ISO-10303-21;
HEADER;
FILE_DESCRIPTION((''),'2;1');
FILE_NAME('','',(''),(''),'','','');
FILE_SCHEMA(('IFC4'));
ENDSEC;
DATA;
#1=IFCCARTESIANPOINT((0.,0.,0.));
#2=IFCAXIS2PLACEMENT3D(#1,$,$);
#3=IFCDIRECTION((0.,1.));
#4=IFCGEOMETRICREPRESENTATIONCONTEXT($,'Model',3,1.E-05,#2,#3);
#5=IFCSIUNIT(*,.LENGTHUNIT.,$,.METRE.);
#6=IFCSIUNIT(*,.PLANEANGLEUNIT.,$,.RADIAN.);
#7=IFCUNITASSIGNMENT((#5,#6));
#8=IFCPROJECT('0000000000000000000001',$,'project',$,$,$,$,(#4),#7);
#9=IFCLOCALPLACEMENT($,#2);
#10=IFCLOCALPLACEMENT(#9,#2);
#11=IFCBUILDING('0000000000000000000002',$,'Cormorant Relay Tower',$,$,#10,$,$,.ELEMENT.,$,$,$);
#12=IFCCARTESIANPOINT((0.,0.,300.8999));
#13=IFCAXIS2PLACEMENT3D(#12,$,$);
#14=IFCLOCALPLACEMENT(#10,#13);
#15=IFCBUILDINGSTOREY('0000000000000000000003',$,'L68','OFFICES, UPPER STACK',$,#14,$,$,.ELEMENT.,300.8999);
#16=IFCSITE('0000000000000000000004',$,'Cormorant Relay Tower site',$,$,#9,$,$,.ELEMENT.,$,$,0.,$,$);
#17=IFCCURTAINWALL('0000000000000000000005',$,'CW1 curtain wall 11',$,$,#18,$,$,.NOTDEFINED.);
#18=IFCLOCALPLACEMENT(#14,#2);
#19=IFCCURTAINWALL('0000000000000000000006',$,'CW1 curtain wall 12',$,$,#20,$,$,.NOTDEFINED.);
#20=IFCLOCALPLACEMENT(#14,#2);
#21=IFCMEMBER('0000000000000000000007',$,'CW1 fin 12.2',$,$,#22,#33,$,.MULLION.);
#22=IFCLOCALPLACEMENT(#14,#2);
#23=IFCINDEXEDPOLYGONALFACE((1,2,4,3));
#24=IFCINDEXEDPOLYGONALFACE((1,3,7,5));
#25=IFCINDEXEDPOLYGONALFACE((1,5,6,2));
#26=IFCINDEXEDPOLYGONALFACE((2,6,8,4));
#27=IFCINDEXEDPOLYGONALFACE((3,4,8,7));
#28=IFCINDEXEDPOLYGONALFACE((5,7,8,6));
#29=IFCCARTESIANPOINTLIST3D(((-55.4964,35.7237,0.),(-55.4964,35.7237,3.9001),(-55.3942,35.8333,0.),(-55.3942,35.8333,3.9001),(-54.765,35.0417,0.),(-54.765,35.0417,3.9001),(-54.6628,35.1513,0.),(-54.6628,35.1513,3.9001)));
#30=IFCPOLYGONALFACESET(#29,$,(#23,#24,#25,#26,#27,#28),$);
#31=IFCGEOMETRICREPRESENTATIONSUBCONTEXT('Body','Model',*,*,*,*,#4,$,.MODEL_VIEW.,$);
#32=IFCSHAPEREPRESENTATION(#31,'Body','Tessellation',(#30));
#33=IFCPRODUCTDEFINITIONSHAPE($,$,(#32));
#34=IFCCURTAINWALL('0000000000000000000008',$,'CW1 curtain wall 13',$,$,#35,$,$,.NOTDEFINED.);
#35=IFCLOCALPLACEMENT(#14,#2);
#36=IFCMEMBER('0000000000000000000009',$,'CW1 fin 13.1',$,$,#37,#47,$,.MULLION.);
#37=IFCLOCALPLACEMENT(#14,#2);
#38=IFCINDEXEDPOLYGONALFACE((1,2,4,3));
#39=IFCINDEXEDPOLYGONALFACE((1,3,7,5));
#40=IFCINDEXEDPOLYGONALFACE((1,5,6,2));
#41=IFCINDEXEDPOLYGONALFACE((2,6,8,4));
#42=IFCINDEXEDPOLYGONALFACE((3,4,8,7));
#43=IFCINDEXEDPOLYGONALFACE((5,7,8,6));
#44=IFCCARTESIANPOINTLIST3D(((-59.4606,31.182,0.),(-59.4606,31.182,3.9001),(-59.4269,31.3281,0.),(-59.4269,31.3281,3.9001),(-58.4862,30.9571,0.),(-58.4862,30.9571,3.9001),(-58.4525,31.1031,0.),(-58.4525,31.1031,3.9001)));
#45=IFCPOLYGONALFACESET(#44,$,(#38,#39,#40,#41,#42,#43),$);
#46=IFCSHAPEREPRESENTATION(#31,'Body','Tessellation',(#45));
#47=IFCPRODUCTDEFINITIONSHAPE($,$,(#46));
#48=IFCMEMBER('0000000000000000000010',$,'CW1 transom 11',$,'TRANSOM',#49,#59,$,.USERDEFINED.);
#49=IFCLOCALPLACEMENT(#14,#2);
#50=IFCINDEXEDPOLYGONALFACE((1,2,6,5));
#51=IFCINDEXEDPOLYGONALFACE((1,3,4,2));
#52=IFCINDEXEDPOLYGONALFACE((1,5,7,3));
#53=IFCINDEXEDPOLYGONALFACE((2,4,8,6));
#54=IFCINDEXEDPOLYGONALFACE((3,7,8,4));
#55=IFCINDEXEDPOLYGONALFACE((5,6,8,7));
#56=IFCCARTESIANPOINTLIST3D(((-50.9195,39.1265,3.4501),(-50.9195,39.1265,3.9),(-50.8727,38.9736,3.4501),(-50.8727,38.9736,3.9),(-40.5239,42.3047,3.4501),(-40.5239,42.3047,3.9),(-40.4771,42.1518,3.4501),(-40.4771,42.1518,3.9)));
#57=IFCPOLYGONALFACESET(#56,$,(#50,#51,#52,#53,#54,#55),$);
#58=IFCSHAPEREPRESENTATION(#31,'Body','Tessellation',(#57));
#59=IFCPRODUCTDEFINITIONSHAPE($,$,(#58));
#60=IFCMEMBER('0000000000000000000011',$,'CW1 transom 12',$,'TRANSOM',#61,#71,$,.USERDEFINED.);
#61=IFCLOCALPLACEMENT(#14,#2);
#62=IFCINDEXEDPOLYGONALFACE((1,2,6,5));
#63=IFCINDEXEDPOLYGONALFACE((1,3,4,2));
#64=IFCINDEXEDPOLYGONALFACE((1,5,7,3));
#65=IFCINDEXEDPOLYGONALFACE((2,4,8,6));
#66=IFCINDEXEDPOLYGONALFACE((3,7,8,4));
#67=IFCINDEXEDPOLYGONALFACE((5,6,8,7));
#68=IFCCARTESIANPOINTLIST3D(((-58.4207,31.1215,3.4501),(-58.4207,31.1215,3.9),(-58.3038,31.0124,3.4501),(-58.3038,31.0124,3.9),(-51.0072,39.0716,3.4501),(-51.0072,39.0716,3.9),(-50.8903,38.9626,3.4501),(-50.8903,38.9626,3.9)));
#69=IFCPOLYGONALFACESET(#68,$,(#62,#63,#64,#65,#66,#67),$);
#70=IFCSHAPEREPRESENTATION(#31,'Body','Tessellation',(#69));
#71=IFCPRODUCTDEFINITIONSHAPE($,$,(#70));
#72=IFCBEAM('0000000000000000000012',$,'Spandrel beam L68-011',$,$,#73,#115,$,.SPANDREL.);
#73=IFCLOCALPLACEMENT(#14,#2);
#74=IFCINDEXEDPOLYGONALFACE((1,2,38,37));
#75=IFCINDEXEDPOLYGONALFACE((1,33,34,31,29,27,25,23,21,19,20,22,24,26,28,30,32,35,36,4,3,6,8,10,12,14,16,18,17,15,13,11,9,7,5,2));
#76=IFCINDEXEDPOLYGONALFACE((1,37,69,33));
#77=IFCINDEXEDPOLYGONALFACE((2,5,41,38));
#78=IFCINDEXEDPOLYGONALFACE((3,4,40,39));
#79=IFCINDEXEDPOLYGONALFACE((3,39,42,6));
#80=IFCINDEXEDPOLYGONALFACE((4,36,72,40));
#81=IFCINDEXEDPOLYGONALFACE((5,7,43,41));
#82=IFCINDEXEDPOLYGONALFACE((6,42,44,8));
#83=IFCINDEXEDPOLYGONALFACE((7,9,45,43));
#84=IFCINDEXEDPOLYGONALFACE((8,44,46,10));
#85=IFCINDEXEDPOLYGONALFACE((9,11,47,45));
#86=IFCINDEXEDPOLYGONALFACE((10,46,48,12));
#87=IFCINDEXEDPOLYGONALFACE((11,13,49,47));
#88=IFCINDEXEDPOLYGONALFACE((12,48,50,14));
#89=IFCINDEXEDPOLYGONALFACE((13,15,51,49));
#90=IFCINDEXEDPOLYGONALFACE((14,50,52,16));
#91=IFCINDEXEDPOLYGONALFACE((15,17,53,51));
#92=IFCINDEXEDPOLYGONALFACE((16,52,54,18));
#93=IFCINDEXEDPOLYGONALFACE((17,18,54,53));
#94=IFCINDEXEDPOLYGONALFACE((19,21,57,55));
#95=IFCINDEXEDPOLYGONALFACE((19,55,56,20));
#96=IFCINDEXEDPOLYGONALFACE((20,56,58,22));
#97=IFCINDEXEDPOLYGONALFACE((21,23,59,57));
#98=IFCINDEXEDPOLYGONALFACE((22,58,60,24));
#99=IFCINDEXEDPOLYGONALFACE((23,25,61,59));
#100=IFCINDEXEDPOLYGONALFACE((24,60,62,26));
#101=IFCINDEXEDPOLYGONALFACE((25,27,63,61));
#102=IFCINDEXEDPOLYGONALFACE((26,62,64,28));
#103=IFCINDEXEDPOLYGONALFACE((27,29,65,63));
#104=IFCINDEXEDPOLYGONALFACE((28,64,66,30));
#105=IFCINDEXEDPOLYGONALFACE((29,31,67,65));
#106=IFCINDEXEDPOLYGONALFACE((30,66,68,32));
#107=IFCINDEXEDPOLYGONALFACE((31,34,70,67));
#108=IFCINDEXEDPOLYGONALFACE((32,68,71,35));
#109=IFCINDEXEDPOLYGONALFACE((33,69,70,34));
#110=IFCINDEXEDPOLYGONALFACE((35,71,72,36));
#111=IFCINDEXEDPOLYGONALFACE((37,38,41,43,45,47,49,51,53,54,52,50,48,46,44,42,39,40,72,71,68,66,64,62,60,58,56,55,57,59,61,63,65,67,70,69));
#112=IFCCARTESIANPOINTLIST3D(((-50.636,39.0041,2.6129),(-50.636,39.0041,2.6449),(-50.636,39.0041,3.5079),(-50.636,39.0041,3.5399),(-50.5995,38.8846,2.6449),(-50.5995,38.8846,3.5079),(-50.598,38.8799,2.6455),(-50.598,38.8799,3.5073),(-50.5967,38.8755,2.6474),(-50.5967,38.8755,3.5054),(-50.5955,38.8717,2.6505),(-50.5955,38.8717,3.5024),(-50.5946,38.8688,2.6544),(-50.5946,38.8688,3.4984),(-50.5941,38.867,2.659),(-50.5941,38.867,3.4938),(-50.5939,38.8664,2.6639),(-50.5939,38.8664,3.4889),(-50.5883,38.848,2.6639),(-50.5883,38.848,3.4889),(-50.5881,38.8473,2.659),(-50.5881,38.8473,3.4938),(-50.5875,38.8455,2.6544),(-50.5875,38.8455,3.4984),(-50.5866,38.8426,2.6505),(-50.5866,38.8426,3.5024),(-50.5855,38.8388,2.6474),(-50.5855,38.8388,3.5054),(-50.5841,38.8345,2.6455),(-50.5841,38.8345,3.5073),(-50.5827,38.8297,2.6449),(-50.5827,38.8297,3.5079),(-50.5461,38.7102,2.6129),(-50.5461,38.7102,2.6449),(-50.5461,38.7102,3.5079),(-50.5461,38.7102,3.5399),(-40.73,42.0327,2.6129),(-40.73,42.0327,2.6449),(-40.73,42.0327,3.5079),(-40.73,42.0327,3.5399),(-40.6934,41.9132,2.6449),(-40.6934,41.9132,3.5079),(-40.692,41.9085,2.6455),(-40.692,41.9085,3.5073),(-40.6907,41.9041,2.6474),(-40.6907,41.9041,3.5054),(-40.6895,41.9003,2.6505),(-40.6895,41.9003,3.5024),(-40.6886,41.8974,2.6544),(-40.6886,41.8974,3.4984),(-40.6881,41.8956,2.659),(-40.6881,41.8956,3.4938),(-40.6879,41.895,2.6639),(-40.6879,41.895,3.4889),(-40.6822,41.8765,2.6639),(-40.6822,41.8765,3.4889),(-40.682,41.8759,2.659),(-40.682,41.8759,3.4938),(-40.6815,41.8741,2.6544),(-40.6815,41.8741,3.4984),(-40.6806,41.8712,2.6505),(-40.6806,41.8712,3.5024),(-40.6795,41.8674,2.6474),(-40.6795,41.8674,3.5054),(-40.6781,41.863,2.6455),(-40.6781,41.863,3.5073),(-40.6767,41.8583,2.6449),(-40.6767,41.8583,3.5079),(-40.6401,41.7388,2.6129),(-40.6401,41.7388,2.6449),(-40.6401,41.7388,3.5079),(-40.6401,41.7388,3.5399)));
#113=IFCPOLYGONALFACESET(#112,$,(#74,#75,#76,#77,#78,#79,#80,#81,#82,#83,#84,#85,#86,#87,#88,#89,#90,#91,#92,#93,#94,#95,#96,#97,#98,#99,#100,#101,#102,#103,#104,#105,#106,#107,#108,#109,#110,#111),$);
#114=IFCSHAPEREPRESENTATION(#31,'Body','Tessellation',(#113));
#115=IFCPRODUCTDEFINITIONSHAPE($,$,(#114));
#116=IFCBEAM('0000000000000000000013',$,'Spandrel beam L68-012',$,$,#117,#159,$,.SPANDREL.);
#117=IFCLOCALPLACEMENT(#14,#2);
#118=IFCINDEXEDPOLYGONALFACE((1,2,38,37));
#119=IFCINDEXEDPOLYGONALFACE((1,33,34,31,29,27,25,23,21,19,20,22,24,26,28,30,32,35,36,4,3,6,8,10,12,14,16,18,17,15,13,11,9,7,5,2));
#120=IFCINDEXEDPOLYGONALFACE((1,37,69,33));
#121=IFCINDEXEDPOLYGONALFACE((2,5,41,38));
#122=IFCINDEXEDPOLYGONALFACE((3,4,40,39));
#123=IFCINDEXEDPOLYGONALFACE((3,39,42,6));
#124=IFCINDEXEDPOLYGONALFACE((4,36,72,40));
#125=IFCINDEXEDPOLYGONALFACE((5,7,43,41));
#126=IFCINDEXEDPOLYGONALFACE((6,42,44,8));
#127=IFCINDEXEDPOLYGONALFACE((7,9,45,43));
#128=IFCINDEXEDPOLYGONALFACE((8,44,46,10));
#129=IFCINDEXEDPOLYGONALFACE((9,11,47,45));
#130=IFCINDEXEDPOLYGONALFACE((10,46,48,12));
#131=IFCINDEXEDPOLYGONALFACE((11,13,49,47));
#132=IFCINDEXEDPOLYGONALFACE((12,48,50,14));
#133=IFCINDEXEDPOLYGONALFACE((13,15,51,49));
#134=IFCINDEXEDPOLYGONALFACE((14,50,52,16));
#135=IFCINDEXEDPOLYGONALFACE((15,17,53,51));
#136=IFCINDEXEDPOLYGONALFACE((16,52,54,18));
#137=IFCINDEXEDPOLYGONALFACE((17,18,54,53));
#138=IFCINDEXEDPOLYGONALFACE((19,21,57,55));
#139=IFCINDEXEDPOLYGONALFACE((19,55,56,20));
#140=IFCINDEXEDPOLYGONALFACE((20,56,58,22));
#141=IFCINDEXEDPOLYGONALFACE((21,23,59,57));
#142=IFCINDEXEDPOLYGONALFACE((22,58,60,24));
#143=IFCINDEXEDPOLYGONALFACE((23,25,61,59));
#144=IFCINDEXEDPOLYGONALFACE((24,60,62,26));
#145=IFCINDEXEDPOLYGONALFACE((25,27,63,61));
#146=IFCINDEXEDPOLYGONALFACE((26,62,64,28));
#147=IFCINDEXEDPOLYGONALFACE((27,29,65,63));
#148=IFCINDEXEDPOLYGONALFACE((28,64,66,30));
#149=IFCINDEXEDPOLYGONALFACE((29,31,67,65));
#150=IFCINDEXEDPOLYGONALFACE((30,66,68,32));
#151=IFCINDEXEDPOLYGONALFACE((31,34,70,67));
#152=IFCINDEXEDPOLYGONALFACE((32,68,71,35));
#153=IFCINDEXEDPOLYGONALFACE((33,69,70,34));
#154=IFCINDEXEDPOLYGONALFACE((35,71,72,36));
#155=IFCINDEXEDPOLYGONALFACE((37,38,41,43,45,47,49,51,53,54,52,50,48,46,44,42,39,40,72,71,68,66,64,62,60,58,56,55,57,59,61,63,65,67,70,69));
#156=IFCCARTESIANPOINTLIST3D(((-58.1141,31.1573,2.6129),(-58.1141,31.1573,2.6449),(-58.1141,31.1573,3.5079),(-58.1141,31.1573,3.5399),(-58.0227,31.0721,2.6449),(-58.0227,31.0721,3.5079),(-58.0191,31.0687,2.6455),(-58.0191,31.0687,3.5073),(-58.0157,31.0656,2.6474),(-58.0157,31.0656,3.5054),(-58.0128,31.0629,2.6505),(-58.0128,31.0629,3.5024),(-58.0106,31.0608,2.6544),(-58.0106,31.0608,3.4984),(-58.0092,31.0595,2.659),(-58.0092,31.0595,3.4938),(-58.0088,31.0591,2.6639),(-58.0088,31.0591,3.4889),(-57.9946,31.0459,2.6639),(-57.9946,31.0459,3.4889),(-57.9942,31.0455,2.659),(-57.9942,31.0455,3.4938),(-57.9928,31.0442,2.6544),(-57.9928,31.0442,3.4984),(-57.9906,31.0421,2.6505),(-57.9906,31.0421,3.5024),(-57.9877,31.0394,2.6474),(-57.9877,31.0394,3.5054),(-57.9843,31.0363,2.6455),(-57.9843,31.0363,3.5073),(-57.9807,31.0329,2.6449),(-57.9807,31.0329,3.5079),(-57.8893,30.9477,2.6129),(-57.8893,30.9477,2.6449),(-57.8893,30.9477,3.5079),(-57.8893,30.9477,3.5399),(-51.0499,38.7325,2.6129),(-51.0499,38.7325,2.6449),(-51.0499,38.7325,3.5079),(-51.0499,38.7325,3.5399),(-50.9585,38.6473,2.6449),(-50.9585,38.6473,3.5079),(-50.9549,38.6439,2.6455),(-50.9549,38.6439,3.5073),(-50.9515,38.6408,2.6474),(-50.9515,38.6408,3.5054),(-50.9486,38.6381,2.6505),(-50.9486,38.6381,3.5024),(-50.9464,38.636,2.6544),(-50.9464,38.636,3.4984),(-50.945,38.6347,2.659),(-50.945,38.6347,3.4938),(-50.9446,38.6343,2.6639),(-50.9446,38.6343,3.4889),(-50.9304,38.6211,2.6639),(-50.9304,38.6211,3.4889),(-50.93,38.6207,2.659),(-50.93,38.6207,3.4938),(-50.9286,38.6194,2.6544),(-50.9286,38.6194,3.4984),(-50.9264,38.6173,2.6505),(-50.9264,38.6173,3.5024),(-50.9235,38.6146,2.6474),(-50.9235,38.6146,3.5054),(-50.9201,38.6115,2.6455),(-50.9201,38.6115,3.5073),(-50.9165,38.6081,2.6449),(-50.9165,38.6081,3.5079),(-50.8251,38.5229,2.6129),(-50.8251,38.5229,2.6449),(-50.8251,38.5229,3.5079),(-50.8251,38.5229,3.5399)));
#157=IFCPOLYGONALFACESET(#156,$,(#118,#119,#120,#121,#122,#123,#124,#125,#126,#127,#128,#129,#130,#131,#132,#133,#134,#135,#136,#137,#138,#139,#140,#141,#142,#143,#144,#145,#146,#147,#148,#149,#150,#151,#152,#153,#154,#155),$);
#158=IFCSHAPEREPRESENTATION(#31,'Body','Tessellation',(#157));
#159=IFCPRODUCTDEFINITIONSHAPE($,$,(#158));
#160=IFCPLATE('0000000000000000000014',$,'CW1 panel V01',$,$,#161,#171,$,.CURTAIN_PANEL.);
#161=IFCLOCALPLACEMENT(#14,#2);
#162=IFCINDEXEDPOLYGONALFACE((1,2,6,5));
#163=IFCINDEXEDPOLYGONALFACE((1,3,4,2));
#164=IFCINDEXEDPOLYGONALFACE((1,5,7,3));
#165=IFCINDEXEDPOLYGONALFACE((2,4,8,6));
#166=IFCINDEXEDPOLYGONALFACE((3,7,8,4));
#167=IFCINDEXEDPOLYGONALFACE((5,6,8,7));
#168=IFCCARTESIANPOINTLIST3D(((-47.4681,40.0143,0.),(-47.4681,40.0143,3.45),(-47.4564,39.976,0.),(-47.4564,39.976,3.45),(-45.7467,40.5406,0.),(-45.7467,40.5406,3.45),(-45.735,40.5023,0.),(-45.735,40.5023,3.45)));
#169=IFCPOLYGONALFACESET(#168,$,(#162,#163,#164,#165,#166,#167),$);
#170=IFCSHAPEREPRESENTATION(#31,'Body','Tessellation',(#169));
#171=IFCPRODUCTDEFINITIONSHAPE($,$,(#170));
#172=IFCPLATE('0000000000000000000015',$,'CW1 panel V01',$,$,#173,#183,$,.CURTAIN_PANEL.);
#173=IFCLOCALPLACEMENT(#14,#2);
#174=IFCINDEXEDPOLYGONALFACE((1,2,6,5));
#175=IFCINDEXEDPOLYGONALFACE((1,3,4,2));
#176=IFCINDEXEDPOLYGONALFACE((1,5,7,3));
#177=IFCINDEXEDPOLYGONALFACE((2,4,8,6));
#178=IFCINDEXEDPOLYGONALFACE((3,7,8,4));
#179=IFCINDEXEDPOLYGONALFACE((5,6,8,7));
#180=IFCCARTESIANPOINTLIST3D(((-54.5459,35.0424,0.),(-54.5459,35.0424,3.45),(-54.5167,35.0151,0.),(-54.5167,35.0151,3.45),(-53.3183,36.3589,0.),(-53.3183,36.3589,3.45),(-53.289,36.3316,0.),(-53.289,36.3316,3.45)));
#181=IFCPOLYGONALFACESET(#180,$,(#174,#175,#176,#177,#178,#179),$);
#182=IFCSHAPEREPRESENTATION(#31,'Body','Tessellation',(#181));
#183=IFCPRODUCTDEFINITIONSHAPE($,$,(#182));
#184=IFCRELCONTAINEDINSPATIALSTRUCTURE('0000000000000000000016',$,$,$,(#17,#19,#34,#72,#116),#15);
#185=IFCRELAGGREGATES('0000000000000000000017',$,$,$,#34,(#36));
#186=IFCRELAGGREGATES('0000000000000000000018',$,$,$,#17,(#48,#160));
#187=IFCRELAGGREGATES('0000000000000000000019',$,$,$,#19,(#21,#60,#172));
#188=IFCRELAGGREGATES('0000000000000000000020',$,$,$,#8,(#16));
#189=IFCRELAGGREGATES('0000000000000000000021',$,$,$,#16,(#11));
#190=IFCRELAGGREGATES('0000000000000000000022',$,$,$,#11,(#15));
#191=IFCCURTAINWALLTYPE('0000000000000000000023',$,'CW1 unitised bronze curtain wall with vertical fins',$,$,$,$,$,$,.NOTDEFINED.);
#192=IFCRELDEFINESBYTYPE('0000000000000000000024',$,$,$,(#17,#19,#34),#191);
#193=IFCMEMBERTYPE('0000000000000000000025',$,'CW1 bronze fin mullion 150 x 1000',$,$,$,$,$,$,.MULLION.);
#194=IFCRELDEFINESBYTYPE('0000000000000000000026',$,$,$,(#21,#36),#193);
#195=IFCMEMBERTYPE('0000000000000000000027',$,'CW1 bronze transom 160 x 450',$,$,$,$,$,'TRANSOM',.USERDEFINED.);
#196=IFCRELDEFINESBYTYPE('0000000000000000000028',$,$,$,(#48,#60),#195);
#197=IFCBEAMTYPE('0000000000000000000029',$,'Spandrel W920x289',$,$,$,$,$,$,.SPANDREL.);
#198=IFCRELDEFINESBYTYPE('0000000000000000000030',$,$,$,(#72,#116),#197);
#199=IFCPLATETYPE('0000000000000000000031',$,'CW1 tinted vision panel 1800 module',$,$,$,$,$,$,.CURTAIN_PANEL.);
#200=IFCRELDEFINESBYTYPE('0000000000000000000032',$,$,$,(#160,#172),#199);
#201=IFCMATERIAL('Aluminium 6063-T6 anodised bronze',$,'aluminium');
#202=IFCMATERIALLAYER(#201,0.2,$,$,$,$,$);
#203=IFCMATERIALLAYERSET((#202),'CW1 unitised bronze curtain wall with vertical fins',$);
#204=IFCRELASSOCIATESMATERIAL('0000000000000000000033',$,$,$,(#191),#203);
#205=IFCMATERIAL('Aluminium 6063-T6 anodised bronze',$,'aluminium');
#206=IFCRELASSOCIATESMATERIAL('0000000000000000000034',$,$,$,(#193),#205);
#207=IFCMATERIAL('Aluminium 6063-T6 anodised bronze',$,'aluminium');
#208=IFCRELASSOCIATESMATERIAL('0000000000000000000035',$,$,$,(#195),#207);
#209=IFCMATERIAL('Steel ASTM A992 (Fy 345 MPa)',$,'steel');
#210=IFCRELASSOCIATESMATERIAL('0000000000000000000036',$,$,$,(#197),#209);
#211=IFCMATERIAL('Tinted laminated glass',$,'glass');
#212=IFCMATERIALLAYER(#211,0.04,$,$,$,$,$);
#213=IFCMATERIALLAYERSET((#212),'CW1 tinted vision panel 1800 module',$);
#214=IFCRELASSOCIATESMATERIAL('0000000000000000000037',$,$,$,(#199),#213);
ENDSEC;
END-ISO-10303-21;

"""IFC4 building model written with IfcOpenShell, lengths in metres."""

from ifc_helpers import new_model, si_unit, direction, frame, origin, origin_2d, place, context, subcontext, project, spatial, rectangle, i_section, extrude, material, layer, layer_set, material_profile, profile_set, type_object, element, aggregate, save


model = new_model("IFC4")

# Units and contexts
model_context = context("Model", 3, precision=1e-05, world=origin(), true_north=direction((0.0, 1.0)))
body_context = subcontext(model_context, "Body", "Model", "MODEL_VIEW")
ifc_project = project(units=[si_unit("LENGTHUNIT", "METRE"), si_unit("PLANEANGLEUNIT", "RADIAN")], contexts=[model_context])

# Site, building, storey
site_placement = place(None, origin())
site = spatial("IfcSite", under=ifc_project, at=site_placement, Name="Cormorant Relay Tower site", CompositionType="ELEMENT", RefElevation=0.0)
building_placement = place(site_placement, origin())
building = spatial("IfcBuilding", under=site, at=building_placement, Name="Cormorant Relay Tower", CompositionType="ELEMENT")
storey_placement = place(building_placement, frame((0.0, 0.0, 300.8999)))
storey = spatial("IfcBuildingStorey", under=building, at=storey_placement, Name="L68", Description="OFFICES, UPPER STACK", CompositionType="ELEMENT", Elevation=300.8999)

# Shared definitions
ifc_material_1 = material(Name="Aluminium 6063-T6 anodised bronze", Category="aluminium")
ifc_layer_1 = layer(ifc_material_1, 0.2)
ifc_layer_set_1 = layer_set([ifc_layer_1], Name="CW1 unitised bronze curtain wall with vertical fins")
curtain_wall_type = type_object("IfcCurtainWallType", Name="CW1 unitised bronze curtain wall with vertical fins", PredefinedType="NOTDEFINED", material=ifc_layer_set_1)
ifc_material_2 = material(Name="Aluminium 6063-T6 anodised bronze", Category="aluminium")
ifc_material_profile_1 = material_profile(ifc_material_2, rectangle(XDim=0.1499, YDim=1.0, at=origin_2d()), Name="AL 150x1000")
ifc_profile_set_1 = profile_set([ifc_material_profile_1], Name="Aluminium 6063-T6 anodised bronze")
member_type_1 = type_object("IfcMemberType", Name="CW1 bronze fin mullion 150 x 1000", PredefinedType="MULLION", material=ifc_profile_set_1)

# Curtain walls, member
curtain_wall_1_placement = place(storey_placement, origin())
curtain_wall_1 = element("IfcCurtainWall", 1, at=curtain_wall_1_placement, inside=storey, type_object=curtain_wall_type, Name="CW1 curtain wall 11", PredefinedType="NOTDEFINED")
curtain_wall_2_placement = place(storey_placement, origin())
curtain_wall_2 = element("IfcCurtainWall", 2, at=curtain_wall_2_placement, inside=storey, type_object=curtain_wall_type, Name="CW1 curtain wall 12", PredefinedType="NOTDEFINED")
member_1_placement = place(storey_placement, frame((-55.0796, 35.4375, 0.0), z_axis=(0.0, 0.0, 1.0), x_axis=(-0.681998, -0.731354, 0.0)))
member_1 = element("IfcMember", 3, at=member_1_placement, type_object=member_type_1, Name="CW1 fin 12.2", PredefinedType="MULLION", context=body_context, shape_type="SweptSolid", body=[
    extrude(rectangle(XDim=0.1499, YDim=1.0, at=origin_2d()), origin(), (0.0, 0.0, 1.0), 3.9001),
])

# Curtain wall, member
curtain_wall_3_placement = place(storey_placement, origin())
curtain_wall_3 = element("IfcCurtainWall", 4, at=curtain_wall_3_placement, inside=storey, type_object=curtain_wall_type, Name="CW1 curtain wall 13", PredefinedType="NOTDEFINED")
member_2_placement = place(storey_placement, frame((-58.9565, 31.1426, 0.0), z_axis=(0.0, 0.0, 1.0), x_axis=(-0.224951, -0.97437, 0.0)))
member_2 = element("IfcMember", 5, at=member_2_placement, type_object=member_type_1, Name="CW1 fin 13.1", PredefinedType="MULLION", context=body_context, shape_type="SweptSolid", body=[
    extrude(rectangle(XDim=0.1499, YDim=1.0, at=origin_2d()), origin(), (0.0, 0.0, 1.0), 3.9001),
])
aggregate(curtain_wall_3, [member_2])

# Members
ifc_material_3 = material(Name="Aluminium 6063-T6 anodised bronze", Category="aluminium")
ifc_material_profile_2 = material_profile(ifc_material_3, rectangle(XDim=0.1599, YDim=0.45, at=origin_2d()), Name="AL 160x450")
ifc_profile_set_2 = profile_set([ifc_material_profile_2], Name="Aluminium 6063-T6 anodised bronze")
member_type_2 = type_object("IfcMemberType", Name="CW1 bronze transom 160 x 450", ElementType="TRANSOM", PredefinedType="USERDEFINED", material=ifc_profile_set_2)
member_3_placement = place(storey_placement, frame((-40.5005, 42.2283, 3.675), z_axis=(-0.956305, -0.292371, 0.0), x_axis=(0.292371, -0.956305, 0.0)))
member_3 = element("IfcMember", 6, at=member_3_placement, type_object=member_type_2, Name="CW1 transom 11", ObjectType="TRANSOM", PredefinedType="USERDEFINED", context=body_context, shape_type="SweptSolid", body=[
    extrude(rectangle(XDim=0.1599, YDim=0.45, at=origin_2d()), origin(), (0.0, 0.0, 1.0), 10.8706),
])
member_4_placement = place(storey_placement, frame((-50.9487, 39.0171, 3.675), z_axis=(-0.681993, -0.731358, 0.0), x_axis=(0.731358, -0.681993, 0.0)))
member_4 = element("IfcMember", 7, at=member_4_placement, type_object=member_type_2, Name="CW1 transom 12", ObjectType="TRANSOM", PredefinedType="USERDEFINED", context=body_context, shape_type="SweptSolid", body=[
    extrude(rectangle(XDim=0.1599, YDim=0.45, at=origin_2d()), origin(), (0.0, 0.0, 1.0), 10.8704),
])

# Beams
ifc_material_4 = material(Name="Steel ASTM A992 (Fy 345 MPa)", Category="steel")
ifc_material_profile_3 = material_profile(ifc_material_4, i_section(OverallWidth=0.3074, OverallDepth=0.927, WebThickness=0.0193, FlangeThickness=0.032, FilletRadius=0.019, at=origin_2d()), Name="W920x289")
ifc_profile_set_3 = profile_set([ifc_material_profile_3], Name="Steel ASTM A992 (Fy 345 MPa)")
beam_type = type_object("IfcBeamType", Name="Spandrel W920x289", PredefinedType="SPANDREL", material=ifc_profile_set_3)
beam_1_placement = place(storey_placement, frame((-40.6851, 41.8857, 3.0764), z_axis=(-0.956305, -0.292371, 0.0), x_axis=(0.292371, -0.956305, 0.0)))
element("IfcBeam", 8, at=beam_1_placement, inside=storey, type_object=beam_type, Name="Spandrel beam L68-011", PredefinedType="SPANDREL", context=body_context, shape_type="SweptSolid", body=[
    extrude(i_section(OverallWidth=0.3074, OverallDepth=0.927, WebThickness=0.0193, FlangeThickness=0.032, FilletRadius=0.019, at=origin_2d()), origin(), (0.0, 0.0, 1.0), 10.3586),
])
beam_2_placement = place(storey_placement, frame((-50.9375, 38.6277, 3.0764), z_axis=(-0.68201, -0.731343, 0.0), x_axis=(0.731343, -0.68201, 0.0)))
element("IfcBeam", 9, at=beam_2_placement, inside=storey, type_object=beam_type, Name="Spandrel beam L68-012", PredefinedType="SPANDREL", context=body_context, shape_type="SweptSolid", body=[
    extrude(i_section(OverallWidth=0.3074, OverallDepth=0.927, WebThickness=0.0193, FlangeThickness=0.032, FilletRadius=0.019, at=origin_2d()), origin(), (0.0, 0.0, 1.0), 10.3579),
])

# Plates
ifc_material_5 = material(Name="Tinted laminated glass", Category="glass")
ifc_layer_2 = layer(ifc_material_5, 0.04)
ifc_layer_set_2 = layer_set([ifc_layer_2], Name="CW1 tinted vision panel 1800 module")
plate_type_1 = type_object("IfcPlateType", Name="CW1 tinted vision panel 1800 module", PredefinedType="CURTAIN_PANEL", material=ifc_layer_set_2)
plate_1_placement = place(storey_placement, frame((-46.6016, 40.2583, 0.0), z_axis=(0.0, 0.0, 1.0), x_axis=(-0.956305, -0.292372, 0.0)))
plate_1 = element("IfcPlate", 10, at=plate_1_placement, type_object=plate_type_1, Name="CW1 panel V01", PredefinedType="CURTAIN_PANEL", context=body_context, shape_type="SweptSolid", body=[
    extrude(rectangle(XDim=1.8, YDim=0.04, at=origin_2d()), origin(), (0.0, 0.0, 1.0), 3.45),
])
plate_2_placement = place(storey_placement, frame((-53.9175, 35.687, 0.0), z_axis=(0.0, 0.0, 1.0), x_axis=(-0.681998, -0.731354, 0.0)))
plate_2 = element("IfcPlate", 11, at=plate_2_placement, type_object=plate_type_1, Name="CW1 panel V01", PredefinedType="CURTAIN_PANEL", context=body_context, shape_type="SweptSolid", body=[
    extrude(rectangle(XDim=1.8, YDim=0.04, at=origin_2d()), origin(), (0.0, 0.0, 1.0), 3.45),
])

aggregate(curtain_wall_1, [member_3, plate_1])
aggregate(curtain_wall_2, [member_1, member_4, plate_2])

save(model, "model.ifc")
